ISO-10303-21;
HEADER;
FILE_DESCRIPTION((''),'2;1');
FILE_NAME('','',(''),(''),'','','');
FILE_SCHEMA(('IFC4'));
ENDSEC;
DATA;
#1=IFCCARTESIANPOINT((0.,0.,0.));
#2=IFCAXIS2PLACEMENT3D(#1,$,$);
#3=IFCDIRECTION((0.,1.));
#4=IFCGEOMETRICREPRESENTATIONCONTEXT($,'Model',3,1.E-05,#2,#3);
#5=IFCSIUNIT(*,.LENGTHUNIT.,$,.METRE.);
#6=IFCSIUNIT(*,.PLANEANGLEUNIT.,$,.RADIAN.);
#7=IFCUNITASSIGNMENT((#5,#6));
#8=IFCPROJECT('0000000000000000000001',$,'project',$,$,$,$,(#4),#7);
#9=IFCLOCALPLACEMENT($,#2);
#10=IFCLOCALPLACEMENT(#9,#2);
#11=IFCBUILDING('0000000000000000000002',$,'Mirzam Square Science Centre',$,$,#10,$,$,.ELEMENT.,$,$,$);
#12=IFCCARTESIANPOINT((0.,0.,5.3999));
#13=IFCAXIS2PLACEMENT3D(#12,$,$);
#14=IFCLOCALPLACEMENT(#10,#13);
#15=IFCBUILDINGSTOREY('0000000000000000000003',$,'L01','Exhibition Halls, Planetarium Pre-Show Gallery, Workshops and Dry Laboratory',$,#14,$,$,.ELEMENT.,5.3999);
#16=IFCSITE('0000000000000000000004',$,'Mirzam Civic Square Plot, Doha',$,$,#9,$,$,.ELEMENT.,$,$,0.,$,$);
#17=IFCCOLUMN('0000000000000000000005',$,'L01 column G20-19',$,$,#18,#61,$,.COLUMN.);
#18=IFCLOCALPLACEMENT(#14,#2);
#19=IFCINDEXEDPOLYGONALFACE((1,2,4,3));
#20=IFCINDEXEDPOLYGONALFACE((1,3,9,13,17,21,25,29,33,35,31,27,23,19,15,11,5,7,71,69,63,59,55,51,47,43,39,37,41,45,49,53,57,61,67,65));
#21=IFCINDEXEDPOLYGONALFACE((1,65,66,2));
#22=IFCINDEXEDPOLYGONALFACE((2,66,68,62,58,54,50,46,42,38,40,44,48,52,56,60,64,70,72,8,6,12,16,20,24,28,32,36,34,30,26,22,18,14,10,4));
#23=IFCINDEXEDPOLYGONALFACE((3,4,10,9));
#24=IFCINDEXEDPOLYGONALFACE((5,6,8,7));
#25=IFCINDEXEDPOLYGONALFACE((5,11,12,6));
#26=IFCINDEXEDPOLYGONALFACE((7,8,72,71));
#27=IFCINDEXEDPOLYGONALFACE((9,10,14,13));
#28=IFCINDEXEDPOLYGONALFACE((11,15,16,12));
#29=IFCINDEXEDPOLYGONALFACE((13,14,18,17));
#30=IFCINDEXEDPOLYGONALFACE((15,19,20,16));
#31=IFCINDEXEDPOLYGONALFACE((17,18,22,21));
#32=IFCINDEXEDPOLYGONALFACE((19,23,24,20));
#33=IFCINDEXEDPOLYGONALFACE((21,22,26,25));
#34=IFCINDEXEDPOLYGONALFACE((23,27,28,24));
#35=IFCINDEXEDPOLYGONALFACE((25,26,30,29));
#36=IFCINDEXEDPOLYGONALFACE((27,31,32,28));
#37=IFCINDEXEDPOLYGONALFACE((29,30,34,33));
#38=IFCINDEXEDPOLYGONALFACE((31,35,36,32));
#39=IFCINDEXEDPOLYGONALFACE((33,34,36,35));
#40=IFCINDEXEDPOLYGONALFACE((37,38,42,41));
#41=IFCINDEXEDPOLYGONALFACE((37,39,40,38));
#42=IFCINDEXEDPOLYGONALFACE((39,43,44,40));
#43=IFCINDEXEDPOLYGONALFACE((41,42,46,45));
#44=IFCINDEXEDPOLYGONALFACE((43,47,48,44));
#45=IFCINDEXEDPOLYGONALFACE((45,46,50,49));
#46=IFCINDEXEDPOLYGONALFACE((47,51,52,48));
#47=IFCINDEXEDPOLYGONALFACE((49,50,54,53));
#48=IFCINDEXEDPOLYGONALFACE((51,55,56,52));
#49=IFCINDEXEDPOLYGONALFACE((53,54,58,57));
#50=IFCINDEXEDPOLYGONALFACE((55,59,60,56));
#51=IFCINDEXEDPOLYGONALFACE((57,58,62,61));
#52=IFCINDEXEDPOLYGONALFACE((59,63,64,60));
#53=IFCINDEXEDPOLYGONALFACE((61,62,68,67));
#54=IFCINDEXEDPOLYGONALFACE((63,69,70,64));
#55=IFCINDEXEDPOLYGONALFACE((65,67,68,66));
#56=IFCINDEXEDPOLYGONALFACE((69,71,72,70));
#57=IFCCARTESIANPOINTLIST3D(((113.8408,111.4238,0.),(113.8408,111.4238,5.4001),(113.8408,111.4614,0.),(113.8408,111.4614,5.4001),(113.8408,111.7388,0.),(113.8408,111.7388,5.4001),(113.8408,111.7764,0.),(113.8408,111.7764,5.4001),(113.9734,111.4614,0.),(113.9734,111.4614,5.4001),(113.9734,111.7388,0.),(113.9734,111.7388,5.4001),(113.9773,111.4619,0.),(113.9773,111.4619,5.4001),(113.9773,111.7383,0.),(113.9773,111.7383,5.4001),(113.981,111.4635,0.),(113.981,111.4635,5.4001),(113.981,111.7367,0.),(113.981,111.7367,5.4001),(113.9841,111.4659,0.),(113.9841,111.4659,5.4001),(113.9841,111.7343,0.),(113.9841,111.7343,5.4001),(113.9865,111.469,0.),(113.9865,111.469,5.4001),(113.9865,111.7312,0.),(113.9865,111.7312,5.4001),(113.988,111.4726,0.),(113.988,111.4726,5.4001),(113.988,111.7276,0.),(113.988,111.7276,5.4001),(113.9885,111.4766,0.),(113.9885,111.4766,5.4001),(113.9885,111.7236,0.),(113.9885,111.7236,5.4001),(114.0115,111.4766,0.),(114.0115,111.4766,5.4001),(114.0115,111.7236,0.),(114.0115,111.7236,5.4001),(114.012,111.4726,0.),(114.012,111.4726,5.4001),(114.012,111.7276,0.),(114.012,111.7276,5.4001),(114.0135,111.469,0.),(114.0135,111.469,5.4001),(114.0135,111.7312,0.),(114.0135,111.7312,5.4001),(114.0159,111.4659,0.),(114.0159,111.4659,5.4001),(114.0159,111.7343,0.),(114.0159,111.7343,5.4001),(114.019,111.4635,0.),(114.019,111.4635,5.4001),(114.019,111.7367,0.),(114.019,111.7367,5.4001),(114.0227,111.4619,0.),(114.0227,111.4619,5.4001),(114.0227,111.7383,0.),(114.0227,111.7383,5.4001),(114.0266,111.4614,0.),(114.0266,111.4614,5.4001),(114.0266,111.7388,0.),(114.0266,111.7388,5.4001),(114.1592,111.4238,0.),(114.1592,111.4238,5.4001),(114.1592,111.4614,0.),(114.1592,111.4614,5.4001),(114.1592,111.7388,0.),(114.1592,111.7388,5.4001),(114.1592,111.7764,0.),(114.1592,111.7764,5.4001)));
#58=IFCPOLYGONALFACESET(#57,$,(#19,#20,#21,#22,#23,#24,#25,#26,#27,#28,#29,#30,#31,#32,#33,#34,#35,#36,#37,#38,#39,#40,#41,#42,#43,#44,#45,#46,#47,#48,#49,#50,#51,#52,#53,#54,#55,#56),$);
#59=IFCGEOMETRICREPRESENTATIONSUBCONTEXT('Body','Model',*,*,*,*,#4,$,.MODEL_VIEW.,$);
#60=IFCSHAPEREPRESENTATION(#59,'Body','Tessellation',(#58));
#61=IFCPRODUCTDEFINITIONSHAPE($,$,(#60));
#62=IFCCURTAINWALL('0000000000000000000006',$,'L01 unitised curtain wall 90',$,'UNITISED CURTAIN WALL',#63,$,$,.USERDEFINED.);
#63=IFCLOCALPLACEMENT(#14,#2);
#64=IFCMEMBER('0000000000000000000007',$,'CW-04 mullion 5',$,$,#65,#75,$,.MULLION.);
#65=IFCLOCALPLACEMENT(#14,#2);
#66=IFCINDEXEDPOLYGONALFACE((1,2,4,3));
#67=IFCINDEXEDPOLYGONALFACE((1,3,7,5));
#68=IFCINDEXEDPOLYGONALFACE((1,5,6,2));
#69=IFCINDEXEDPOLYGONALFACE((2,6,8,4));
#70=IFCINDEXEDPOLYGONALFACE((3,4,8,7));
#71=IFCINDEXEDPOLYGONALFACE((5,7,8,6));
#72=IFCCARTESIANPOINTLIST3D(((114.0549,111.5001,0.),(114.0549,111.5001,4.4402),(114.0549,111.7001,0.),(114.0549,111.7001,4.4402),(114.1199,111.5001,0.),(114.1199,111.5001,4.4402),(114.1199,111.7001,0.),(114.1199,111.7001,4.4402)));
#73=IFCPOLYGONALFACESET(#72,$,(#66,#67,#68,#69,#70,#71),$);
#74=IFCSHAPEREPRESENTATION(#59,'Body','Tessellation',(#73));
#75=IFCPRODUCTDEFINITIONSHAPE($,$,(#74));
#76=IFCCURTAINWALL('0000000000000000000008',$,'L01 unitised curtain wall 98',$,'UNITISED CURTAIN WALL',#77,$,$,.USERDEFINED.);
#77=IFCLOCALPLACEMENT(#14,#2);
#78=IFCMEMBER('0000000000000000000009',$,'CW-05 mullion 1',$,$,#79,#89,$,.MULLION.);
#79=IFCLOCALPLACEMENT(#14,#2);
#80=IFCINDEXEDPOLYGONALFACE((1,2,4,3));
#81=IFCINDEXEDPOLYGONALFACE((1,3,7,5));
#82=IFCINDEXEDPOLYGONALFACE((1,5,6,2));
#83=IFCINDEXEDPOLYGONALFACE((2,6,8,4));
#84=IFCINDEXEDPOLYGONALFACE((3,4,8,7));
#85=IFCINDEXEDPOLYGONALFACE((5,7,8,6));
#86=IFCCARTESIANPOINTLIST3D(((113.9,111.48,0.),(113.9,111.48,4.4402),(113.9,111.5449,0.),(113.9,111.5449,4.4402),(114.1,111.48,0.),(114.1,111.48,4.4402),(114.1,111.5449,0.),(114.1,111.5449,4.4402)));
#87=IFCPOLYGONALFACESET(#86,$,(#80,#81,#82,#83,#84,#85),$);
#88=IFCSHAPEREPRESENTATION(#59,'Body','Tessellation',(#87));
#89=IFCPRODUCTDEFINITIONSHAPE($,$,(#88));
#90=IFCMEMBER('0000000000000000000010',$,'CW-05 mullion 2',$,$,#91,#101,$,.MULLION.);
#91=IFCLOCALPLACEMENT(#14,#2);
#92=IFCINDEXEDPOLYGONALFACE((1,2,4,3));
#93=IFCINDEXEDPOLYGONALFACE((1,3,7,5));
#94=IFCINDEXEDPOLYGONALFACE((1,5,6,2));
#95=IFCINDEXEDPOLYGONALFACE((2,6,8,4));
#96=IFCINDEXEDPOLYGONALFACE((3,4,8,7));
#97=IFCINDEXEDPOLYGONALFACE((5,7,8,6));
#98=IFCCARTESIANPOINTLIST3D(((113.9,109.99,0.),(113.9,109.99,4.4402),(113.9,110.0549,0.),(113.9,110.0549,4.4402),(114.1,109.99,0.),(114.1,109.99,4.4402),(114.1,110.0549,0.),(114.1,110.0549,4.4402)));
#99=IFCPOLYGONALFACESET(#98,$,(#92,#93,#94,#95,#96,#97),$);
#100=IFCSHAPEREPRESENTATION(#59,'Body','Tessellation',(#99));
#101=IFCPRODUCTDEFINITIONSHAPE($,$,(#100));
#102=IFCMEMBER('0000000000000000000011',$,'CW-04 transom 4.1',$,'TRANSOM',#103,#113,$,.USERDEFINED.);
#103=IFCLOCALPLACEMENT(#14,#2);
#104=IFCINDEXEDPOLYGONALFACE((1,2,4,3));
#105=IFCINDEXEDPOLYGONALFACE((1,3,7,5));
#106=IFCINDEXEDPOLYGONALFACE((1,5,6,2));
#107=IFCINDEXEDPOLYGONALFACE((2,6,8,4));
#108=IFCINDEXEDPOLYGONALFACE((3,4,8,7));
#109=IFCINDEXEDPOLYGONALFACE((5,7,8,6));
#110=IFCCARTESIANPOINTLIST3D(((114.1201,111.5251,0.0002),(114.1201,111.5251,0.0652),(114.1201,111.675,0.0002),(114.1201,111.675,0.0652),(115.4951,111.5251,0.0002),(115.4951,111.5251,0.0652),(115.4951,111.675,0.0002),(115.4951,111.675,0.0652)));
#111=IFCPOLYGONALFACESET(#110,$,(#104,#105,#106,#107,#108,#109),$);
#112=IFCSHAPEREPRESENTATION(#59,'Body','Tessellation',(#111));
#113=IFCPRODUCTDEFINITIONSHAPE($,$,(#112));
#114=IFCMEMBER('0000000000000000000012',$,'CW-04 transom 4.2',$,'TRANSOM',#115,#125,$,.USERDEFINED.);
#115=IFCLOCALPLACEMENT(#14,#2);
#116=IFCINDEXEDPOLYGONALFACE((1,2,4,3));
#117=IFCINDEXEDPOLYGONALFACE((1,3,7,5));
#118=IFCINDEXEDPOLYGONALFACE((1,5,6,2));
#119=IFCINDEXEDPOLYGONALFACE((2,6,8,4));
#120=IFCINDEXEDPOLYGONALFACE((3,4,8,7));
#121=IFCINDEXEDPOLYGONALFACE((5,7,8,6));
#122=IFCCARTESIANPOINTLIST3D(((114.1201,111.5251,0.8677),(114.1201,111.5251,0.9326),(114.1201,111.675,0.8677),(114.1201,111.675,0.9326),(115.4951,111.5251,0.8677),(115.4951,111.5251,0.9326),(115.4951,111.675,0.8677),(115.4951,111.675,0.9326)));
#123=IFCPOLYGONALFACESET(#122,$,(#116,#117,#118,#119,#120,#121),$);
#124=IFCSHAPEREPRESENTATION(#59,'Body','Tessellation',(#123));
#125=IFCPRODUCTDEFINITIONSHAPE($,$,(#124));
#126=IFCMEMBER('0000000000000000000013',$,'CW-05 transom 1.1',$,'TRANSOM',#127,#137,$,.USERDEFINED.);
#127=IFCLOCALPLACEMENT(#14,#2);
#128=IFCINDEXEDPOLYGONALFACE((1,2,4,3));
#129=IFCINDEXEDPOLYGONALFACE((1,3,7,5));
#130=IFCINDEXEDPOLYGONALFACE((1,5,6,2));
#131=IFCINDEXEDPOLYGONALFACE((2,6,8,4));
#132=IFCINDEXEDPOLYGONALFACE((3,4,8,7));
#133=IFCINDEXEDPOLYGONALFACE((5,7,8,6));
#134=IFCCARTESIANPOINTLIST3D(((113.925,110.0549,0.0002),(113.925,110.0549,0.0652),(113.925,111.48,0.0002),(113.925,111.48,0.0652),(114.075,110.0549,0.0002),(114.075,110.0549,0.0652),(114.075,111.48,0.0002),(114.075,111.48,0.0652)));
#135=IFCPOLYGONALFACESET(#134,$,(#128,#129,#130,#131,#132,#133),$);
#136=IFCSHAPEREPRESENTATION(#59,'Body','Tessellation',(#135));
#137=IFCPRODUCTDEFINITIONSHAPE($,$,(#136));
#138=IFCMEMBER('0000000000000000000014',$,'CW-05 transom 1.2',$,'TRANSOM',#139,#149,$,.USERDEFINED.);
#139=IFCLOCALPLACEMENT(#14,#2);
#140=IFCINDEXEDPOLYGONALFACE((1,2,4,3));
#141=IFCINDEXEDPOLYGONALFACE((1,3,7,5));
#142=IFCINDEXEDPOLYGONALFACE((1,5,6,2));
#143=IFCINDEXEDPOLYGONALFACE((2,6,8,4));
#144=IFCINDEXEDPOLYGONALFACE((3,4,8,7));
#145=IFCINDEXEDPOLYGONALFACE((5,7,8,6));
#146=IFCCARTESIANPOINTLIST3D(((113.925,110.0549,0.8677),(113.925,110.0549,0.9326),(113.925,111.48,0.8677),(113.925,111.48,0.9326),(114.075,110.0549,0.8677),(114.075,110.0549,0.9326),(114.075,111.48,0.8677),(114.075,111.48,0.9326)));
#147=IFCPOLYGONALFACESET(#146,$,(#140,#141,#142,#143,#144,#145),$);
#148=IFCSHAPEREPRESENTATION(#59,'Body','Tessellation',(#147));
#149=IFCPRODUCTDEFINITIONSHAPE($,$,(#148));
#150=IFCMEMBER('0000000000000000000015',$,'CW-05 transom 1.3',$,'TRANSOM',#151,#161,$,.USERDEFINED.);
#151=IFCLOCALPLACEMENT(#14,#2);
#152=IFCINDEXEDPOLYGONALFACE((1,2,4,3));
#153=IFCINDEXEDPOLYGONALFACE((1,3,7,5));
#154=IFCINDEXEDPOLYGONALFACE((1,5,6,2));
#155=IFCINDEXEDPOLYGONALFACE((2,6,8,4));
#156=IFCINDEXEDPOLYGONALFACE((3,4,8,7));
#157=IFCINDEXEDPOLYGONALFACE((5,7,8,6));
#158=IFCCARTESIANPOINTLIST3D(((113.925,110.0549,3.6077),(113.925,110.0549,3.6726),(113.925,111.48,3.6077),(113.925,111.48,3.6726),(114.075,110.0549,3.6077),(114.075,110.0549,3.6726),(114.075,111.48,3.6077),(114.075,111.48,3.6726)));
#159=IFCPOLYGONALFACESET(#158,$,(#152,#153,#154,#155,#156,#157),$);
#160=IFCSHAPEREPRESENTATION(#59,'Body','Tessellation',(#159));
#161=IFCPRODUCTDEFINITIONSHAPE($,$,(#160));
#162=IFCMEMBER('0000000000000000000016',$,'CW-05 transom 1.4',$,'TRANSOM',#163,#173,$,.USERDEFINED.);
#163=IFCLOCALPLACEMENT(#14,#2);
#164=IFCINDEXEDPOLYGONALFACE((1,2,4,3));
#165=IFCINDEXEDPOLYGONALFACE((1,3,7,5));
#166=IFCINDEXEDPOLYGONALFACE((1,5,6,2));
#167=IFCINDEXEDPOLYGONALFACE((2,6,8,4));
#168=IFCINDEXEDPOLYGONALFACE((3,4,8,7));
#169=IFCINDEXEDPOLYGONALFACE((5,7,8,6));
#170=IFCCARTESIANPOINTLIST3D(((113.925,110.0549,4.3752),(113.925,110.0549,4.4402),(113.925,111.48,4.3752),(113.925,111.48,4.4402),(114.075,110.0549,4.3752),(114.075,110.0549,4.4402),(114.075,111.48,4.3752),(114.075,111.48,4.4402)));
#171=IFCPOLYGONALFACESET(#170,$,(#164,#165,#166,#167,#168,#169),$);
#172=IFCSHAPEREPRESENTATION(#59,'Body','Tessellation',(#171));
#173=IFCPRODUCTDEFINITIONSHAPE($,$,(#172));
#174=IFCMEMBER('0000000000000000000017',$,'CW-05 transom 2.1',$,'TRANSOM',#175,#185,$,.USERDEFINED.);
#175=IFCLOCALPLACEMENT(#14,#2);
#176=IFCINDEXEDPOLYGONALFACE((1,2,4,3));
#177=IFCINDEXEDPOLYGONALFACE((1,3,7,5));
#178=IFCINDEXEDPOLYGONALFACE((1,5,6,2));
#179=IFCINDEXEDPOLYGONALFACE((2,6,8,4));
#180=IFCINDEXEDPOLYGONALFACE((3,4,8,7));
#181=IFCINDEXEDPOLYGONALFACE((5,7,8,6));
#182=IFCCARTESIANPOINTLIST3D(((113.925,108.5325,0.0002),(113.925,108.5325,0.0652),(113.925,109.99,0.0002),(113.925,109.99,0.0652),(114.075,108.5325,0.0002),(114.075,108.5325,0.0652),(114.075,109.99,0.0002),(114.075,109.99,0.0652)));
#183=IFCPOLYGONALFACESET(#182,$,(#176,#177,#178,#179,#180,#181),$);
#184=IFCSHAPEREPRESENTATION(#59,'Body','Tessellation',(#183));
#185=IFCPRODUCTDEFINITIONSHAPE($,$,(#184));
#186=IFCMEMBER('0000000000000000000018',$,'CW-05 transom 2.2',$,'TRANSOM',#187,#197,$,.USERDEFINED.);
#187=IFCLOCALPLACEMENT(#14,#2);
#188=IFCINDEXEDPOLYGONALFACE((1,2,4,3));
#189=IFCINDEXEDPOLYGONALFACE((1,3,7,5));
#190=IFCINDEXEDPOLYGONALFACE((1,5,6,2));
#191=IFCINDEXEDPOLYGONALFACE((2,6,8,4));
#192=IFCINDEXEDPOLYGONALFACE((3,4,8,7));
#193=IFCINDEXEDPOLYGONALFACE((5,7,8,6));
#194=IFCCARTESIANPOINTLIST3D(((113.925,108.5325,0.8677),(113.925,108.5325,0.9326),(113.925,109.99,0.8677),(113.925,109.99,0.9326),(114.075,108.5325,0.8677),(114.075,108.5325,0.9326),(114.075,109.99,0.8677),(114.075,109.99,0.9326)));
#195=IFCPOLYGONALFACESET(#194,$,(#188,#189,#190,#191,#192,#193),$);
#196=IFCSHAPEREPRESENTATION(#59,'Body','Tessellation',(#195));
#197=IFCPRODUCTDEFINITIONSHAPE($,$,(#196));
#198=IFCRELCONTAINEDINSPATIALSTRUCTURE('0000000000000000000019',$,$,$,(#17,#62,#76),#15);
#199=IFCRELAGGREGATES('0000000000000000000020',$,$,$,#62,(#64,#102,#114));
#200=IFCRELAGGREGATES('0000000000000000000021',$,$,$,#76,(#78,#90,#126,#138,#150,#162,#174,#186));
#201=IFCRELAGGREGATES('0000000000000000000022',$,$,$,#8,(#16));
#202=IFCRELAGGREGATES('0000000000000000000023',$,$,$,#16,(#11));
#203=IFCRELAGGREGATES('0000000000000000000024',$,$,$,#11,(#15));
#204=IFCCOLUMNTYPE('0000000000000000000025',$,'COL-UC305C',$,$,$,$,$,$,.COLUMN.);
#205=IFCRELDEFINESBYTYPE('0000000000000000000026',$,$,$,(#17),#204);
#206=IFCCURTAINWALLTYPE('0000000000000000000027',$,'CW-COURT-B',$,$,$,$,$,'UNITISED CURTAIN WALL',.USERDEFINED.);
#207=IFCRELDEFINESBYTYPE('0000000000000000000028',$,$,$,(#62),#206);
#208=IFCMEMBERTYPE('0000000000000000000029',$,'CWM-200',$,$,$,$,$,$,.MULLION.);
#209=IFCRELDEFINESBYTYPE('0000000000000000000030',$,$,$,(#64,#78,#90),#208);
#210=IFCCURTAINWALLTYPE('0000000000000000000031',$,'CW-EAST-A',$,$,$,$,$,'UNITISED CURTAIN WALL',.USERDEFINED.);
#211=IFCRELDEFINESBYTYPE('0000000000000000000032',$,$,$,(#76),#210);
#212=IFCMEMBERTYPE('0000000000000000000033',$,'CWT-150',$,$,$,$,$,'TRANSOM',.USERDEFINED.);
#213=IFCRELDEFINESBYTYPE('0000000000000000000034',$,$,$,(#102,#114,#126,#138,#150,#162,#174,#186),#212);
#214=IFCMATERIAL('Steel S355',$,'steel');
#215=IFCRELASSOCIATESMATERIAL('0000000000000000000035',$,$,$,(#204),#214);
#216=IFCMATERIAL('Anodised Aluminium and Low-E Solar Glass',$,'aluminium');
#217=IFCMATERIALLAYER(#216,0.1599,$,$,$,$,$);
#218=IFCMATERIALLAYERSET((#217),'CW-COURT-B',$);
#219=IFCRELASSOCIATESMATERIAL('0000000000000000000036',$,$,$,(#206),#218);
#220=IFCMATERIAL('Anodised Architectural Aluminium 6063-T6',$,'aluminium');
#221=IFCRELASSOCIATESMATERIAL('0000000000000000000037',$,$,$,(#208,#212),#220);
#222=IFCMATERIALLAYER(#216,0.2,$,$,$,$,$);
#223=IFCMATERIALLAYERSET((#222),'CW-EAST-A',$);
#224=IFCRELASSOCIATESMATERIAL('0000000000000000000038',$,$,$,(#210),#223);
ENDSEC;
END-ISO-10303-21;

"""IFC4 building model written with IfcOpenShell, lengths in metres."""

from ifc_helpers import new_model, si_unit, direction, frame, origin, origin_2d, place, context, subcontext, project, spatial, rectangle, i_section, extrude, material, layer, layer_set, material_profile, profile_set, type_object, element, aggregate, save


model = new_model("IFC4")

# Units and contexts
model_context = context("Model", 3, precision=1e-05, world=origin(), true_north=direction((0.0, 1.0)))
body_context = subcontext(model_context, "Body", "Model", "MODEL_VIEW")
ifc_project = project(units=[si_unit("LENGTHUNIT", "METRE"), si_unit("PLANEANGLEUNIT", "RADIAN")], contexts=[model_context])

# Site, building, storey
site_placement = place(None, origin())
site = spatial("IfcSite", under=ifc_project, at=site_placement, Name="Mirzam Civic Square Plot, Doha", CompositionType="ELEMENT", RefElevation=0.0)
building_placement = place(site_placement, origin())
building = spatial("IfcBuilding", under=site, at=building_placement, Name="Mirzam Square Science Centre", CompositionType="ELEMENT")
storey_placement = place(building_placement, frame((0.0, 0.0, 5.3999)))
storey = spatial("IfcBuildingStorey", under=building, at=storey_placement, Name="L01", Description="Exhibition Halls, Planetarium Pre-Show Gallery, Workshops and Dry Laboratory", CompositionType="ELEMENT", Elevation=5.3999)

# Column
ifc_material_1 = material(Name="Steel S355", Category="steel")
ifc_material_profile_1 = material_profile(ifc_material_1, i_section(OverallWidth=0.3184, OverallDepth=0.3525, WebThickness=0.0229, FlangeThickness=0.0376, FilletRadius=0.0151, at=origin_2d()), Name="305x305x240UC")
ifc_profile_set_1 = profile_set([ifc_material_profile_1], Name="Steel S355")
column_type = type_object("IfcColumnType", Name="COL-UC305C", PredefinedType="COLUMN", material=ifc_profile_set_1)
column_placement = place(storey_placement, frame((114.0, 111.6001, 0.0), z_axis=(0.0, 0.0, 1.0), x_axis=(1.0, 0.0, 0.0)))
element("IfcColumn", 1, at=column_placement, inside=storey, type_object=column_type, Name="L01 column G20-19", PredefinedType="COLUMN", context=body_context, shape_type="SweptSolid", body=[
    extrude(i_section(OverallWidth=0.3184, OverallDepth=0.3525, WebThickness=0.0229, FlangeThickness=0.0376, FilletRadius=0.0151, at=origin_2d()), origin(), (0.0, 0.0, 1.0), 5.4001),
])

# Curtain wall, member
ifc_material_2 = material(Name="Anodised Aluminium and Low-E Solar Glass", Category="aluminium")
ifc_layer_1 = layer(ifc_material_2, 0.1599)
ifc_layer_set_1 = layer_set([ifc_layer_1], Name="CW-COURT-B")
curtain_wall_type_1 = type_object("IfcCurtainWallType", Name="CW-COURT-B", ElementType="UNITISED CURTAIN WALL", PredefinedType="USERDEFINED", material=ifc_layer_set_1)
curtain_wall_1_placement = place(storey_placement, origin())
curtain_wall_1 = element("IfcCurtainWall", 2, at=curtain_wall_1_placement, inside=storey, type_object=curtain_wall_type_1, Name="L01 unitised curtain wall 90", ObjectType="UNITISED CURTAIN WALL", PredefinedType="USERDEFINED")
ifc_material_3 = material(Name="Anodised Architectural Aluminium 6063-T6", Category="aluminium")
ifc_material_profile_2 = material_profile(ifc_material_3, rectangle(XDim=0.0649, YDim=0.2, at=origin_2d()), Name="ALU-MULL-200x65x5")
ifc_profile_set_2 = profile_set([ifc_material_profile_2], Name="Anodised Architectural Aluminium 6063-T6")
member_type_1 = type_object("IfcMemberType", Name="CWM-200", PredefinedType="MULLION", material=ifc_profile_set_2)
member_1_placement = place(storey_placement, frame((114.0874, 111.6001, 0.0), z_axis=(0.0, 0.0, 1.0), x_axis=(-1.0, 0.0, 0.0)))
member_1 = element("IfcMember", 3, at=member_1_placement, type_object=member_type_1, Name="CW-04 mullion 5", PredefinedType="MULLION", context=body_context, shape_type="SweptSolid", body=[
    extrude(rectangle(XDim=0.0649, YDim=0.2, at=origin_2d()), origin(), (0.0, 0.0, 1.0), 4.4402),
])

# Curtain wall, members
ifc_layer_2 = layer(ifc_material_2, 0.2)
ifc_layer_set_2 = layer_set([ifc_layer_2], Name="CW-EAST-A")
curtain_wall_type_2 = type_object("IfcCurtainWallType", Name="CW-EAST-A", ElementType="UNITISED CURTAIN WALL", PredefinedType="USERDEFINED", material=ifc_layer_set_2)
curtain_wall_2_placement = place(storey_placement, origin())
curtain_wall_2 = element("IfcCurtainWall", 4, at=curtain_wall_2_placement, inside=storey, type_object=curtain_wall_type_2, Name="L01 unitised curtain wall 98", ObjectType="UNITISED CURTAIN WALL", PredefinedType="USERDEFINED")
member_2_placement = place(storey_placement, frame((114.0, 111.5125, 0.0), z_axis=(0.0, 0.0, 1.0), x_axis=(0.0, -1.0, 0.0)))
member_2 = element("IfcMember", 5, at=member_2_placement, type_object=member_type_1, Name="CW-05 mullion 1", PredefinedType="MULLION", context=body_context, shape_type="SweptSolid", body=[
    extrude(rectangle(XDim=0.0649, YDim=0.2, at=origin_2d()), origin(), (0.0, 0.0, 1.0), 4.4402),
])
member_3_placement = place(storey_placement, frame((114.0, 110.0225, 0.0), z_axis=(0.0, 0.0, 1.0), x_axis=(0.0, -1.0, 0.0)))
member_3 = element("IfcMember", 6, at=member_3_placement, type_object=member_type_1, Name="CW-05 mullion 2", PredefinedType="MULLION", context=body_context, shape_type="SweptSolid", body=[
    extrude(rectangle(XDim=0.0649, YDim=0.2, at=origin_2d()), origin(), (0.0, 0.0, 1.0), 4.4402),
])

# Members
ifc_material_profile_3 = material_profile(ifc_material_3, rectangle(XDim=0.1499, YDim=0.0649, at=origin_2d()), Name="ALU-TRAN-150x65x4")
ifc_profile_set_3 = profile_set([ifc_material_profile_3], Name="Anodised Architectural Aluminium 6063-T6")
member_type_2 = type_object("IfcMemberType", Name="CWT-150", ElementType="TRANSOM", PredefinedType="USERDEFINED", material=ifc_profile_set_3)
member_4_placement = place(storey_placement, frame((115.4951, 111.6001, 0.0327), z_axis=(-1.0, 0.0, 0.0), x_axis=(0.0, -1.0, 0.0)))
member_4 = element("IfcMember", 7, at=member_4_placement, type_object=member_type_2, Name="CW-04 transom 4.1", ObjectType="TRANSOM", PredefinedType="USERDEFINED", context=body_context, shape_type="SweptSolid", body=[
    extrude(rectangle(XDim=0.1499, YDim=0.0649, at=origin_2d()), origin(), (0.0, 0.0, 1.0), 1.375),
])
member_5_placement = place(storey_placement, frame((115.4951, 111.6001, 0.9001), z_axis=(-1.0, 0.0, 0.0), x_axis=(0.0, -1.0, 0.0)))
member_5 = element("IfcMember", 8, at=member_5_placement, type_object=member_type_2, Name="CW-04 transom 4.2", ObjectType="TRANSOM", PredefinedType="USERDEFINED", context=body_context, shape_type="SweptSolid", body=[
    extrude(rectangle(XDim=0.1499, YDim=0.0649, at=origin_2d()), origin(), (0.0, 0.0, 1.0), 1.375),
])
member_6_placement = place(storey_placement, frame((114.0, 111.48, 0.0327), z_axis=(0.0, -1.0, 0.0), x_axis=(1.0, 0.0, 0.0)))
member_6 = element("IfcMember", 9, at=member_6_placement, type_object=member_type_2, Name="CW-05 transom 1.1", ObjectType="TRANSOM", PredefinedType="USERDEFINED", context=body_context, shape_type="SweptSolid", body=[
    extrude(rectangle(XDim=0.1499, YDim=0.0649, at=origin_2d()), origin(), (0.0, 0.0, 1.0), 1.425),
])
member_7_placement = place(storey_placement, frame((114.0, 111.48, 0.9001), z_axis=(0.0, -1.0, 0.0), x_axis=(1.0, 0.0, 0.0)))
member_7 = element("IfcMember", 10, at=member_7_placement, type_object=member_type_2, Name="CW-05 transom 1.2", ObjectType="TRANSOM", PredefinedType="USERDEFINED", context=body_context, shape_type="SweptSolid", body=[
    extrude(rectangle(XDim=0.1499, YDim=0.0649, at=origin_2d()), origin(), (0.0, 0.0, 1.0), 1.425),
])
member_8_placement = place(storey_placement, frame((114.0, 111.48, 3.6401), z_axis=(0.0, -1.0, 0.0), x_axis=(1.0, 0.0, 0.0)))
member_8 = element("IfcMember", 11, at=member_8_placement, type_object=member_type_2, Name="CW-05 transom 1.3", ObjectType="TRANSOM", PredefinedType="USERDEFINED", context=body_context, shape_type="SweptSolid", body=[
    extrude(rectangle(XDim=0.1499, YDim=0.0649, at=origin_2d()), origin(), (0.0, 0.0, 1.0), 1.425),
])
member_9_placement = place(storey_placement, frame((114.0, 111.48, 4.4077), z_axis=(0.0, -1.0, 0.0), x_axis=(1.0, 0.0, 0.0)))
member_9 = element("IfcMember", 12, at=member_9_placement, type_object=member_type_2, Name="CW-05 transom 1.4", ObjectType="TRANSOM", PredefinedType="USERDEFINED", context=body_context, shape_type="SweptSolid", body=[
    extrude(rectangle(XDim=0.1499, YDim=0.0649, at=origin_2d()), origin(), (0.0, 0.0, 1.0), 1.425),
])
member_10_placement = place(storey_placement, frame((114.0, 109.99, 0.0327), z_axis=(0.0, -1.0, 0.0), x_axis=(1.0, 0.0, 0.0)))
member_10 = element("IfcMember", 13, at=member_10_placement, type_object=member_type_2, Name="CW-05 transom 2.1", ObjectType="TRANSOM", PredefinedType="USERDEFINED", context=body_context, shape_type="SweptSolid", body=[
    extrude(rectangle(XDim=0.1499, YDim=0.0649, at=origin_2d()), origin(), (0.0, 0.0, 1.0), 1.4575),
])
member_11_placement = place(storey_placement, frame((114.0, 109.99, 0.9001), z_axis=(0.0, -1.0, 0.0), x_axis=(1.0, 0.0, 0.0)))
member_11 = element("IfcMember", 14, at=member_11_placement, type_object=member_type_2, Name="CW-05 transom 2.2", ObjectType="TRANSOM", PredefinedType="USERDEFINED", context=body_context, shape_type="SweptSolid", body=[
    extrude(rectangle(XDim=0.1499, YDim=0.0649, at=origin_2d()), origin(), (0.0, 0.0, 1.0), 1.4575),
])

aggregate(curtain_wall_1, [member_1, member_4, member_5])
aggregate(curtain_wall_2, [member_2, member_3, member_6, member_7, member_8, member_9, member_10, member_11])

save(model, "model.ifc")
